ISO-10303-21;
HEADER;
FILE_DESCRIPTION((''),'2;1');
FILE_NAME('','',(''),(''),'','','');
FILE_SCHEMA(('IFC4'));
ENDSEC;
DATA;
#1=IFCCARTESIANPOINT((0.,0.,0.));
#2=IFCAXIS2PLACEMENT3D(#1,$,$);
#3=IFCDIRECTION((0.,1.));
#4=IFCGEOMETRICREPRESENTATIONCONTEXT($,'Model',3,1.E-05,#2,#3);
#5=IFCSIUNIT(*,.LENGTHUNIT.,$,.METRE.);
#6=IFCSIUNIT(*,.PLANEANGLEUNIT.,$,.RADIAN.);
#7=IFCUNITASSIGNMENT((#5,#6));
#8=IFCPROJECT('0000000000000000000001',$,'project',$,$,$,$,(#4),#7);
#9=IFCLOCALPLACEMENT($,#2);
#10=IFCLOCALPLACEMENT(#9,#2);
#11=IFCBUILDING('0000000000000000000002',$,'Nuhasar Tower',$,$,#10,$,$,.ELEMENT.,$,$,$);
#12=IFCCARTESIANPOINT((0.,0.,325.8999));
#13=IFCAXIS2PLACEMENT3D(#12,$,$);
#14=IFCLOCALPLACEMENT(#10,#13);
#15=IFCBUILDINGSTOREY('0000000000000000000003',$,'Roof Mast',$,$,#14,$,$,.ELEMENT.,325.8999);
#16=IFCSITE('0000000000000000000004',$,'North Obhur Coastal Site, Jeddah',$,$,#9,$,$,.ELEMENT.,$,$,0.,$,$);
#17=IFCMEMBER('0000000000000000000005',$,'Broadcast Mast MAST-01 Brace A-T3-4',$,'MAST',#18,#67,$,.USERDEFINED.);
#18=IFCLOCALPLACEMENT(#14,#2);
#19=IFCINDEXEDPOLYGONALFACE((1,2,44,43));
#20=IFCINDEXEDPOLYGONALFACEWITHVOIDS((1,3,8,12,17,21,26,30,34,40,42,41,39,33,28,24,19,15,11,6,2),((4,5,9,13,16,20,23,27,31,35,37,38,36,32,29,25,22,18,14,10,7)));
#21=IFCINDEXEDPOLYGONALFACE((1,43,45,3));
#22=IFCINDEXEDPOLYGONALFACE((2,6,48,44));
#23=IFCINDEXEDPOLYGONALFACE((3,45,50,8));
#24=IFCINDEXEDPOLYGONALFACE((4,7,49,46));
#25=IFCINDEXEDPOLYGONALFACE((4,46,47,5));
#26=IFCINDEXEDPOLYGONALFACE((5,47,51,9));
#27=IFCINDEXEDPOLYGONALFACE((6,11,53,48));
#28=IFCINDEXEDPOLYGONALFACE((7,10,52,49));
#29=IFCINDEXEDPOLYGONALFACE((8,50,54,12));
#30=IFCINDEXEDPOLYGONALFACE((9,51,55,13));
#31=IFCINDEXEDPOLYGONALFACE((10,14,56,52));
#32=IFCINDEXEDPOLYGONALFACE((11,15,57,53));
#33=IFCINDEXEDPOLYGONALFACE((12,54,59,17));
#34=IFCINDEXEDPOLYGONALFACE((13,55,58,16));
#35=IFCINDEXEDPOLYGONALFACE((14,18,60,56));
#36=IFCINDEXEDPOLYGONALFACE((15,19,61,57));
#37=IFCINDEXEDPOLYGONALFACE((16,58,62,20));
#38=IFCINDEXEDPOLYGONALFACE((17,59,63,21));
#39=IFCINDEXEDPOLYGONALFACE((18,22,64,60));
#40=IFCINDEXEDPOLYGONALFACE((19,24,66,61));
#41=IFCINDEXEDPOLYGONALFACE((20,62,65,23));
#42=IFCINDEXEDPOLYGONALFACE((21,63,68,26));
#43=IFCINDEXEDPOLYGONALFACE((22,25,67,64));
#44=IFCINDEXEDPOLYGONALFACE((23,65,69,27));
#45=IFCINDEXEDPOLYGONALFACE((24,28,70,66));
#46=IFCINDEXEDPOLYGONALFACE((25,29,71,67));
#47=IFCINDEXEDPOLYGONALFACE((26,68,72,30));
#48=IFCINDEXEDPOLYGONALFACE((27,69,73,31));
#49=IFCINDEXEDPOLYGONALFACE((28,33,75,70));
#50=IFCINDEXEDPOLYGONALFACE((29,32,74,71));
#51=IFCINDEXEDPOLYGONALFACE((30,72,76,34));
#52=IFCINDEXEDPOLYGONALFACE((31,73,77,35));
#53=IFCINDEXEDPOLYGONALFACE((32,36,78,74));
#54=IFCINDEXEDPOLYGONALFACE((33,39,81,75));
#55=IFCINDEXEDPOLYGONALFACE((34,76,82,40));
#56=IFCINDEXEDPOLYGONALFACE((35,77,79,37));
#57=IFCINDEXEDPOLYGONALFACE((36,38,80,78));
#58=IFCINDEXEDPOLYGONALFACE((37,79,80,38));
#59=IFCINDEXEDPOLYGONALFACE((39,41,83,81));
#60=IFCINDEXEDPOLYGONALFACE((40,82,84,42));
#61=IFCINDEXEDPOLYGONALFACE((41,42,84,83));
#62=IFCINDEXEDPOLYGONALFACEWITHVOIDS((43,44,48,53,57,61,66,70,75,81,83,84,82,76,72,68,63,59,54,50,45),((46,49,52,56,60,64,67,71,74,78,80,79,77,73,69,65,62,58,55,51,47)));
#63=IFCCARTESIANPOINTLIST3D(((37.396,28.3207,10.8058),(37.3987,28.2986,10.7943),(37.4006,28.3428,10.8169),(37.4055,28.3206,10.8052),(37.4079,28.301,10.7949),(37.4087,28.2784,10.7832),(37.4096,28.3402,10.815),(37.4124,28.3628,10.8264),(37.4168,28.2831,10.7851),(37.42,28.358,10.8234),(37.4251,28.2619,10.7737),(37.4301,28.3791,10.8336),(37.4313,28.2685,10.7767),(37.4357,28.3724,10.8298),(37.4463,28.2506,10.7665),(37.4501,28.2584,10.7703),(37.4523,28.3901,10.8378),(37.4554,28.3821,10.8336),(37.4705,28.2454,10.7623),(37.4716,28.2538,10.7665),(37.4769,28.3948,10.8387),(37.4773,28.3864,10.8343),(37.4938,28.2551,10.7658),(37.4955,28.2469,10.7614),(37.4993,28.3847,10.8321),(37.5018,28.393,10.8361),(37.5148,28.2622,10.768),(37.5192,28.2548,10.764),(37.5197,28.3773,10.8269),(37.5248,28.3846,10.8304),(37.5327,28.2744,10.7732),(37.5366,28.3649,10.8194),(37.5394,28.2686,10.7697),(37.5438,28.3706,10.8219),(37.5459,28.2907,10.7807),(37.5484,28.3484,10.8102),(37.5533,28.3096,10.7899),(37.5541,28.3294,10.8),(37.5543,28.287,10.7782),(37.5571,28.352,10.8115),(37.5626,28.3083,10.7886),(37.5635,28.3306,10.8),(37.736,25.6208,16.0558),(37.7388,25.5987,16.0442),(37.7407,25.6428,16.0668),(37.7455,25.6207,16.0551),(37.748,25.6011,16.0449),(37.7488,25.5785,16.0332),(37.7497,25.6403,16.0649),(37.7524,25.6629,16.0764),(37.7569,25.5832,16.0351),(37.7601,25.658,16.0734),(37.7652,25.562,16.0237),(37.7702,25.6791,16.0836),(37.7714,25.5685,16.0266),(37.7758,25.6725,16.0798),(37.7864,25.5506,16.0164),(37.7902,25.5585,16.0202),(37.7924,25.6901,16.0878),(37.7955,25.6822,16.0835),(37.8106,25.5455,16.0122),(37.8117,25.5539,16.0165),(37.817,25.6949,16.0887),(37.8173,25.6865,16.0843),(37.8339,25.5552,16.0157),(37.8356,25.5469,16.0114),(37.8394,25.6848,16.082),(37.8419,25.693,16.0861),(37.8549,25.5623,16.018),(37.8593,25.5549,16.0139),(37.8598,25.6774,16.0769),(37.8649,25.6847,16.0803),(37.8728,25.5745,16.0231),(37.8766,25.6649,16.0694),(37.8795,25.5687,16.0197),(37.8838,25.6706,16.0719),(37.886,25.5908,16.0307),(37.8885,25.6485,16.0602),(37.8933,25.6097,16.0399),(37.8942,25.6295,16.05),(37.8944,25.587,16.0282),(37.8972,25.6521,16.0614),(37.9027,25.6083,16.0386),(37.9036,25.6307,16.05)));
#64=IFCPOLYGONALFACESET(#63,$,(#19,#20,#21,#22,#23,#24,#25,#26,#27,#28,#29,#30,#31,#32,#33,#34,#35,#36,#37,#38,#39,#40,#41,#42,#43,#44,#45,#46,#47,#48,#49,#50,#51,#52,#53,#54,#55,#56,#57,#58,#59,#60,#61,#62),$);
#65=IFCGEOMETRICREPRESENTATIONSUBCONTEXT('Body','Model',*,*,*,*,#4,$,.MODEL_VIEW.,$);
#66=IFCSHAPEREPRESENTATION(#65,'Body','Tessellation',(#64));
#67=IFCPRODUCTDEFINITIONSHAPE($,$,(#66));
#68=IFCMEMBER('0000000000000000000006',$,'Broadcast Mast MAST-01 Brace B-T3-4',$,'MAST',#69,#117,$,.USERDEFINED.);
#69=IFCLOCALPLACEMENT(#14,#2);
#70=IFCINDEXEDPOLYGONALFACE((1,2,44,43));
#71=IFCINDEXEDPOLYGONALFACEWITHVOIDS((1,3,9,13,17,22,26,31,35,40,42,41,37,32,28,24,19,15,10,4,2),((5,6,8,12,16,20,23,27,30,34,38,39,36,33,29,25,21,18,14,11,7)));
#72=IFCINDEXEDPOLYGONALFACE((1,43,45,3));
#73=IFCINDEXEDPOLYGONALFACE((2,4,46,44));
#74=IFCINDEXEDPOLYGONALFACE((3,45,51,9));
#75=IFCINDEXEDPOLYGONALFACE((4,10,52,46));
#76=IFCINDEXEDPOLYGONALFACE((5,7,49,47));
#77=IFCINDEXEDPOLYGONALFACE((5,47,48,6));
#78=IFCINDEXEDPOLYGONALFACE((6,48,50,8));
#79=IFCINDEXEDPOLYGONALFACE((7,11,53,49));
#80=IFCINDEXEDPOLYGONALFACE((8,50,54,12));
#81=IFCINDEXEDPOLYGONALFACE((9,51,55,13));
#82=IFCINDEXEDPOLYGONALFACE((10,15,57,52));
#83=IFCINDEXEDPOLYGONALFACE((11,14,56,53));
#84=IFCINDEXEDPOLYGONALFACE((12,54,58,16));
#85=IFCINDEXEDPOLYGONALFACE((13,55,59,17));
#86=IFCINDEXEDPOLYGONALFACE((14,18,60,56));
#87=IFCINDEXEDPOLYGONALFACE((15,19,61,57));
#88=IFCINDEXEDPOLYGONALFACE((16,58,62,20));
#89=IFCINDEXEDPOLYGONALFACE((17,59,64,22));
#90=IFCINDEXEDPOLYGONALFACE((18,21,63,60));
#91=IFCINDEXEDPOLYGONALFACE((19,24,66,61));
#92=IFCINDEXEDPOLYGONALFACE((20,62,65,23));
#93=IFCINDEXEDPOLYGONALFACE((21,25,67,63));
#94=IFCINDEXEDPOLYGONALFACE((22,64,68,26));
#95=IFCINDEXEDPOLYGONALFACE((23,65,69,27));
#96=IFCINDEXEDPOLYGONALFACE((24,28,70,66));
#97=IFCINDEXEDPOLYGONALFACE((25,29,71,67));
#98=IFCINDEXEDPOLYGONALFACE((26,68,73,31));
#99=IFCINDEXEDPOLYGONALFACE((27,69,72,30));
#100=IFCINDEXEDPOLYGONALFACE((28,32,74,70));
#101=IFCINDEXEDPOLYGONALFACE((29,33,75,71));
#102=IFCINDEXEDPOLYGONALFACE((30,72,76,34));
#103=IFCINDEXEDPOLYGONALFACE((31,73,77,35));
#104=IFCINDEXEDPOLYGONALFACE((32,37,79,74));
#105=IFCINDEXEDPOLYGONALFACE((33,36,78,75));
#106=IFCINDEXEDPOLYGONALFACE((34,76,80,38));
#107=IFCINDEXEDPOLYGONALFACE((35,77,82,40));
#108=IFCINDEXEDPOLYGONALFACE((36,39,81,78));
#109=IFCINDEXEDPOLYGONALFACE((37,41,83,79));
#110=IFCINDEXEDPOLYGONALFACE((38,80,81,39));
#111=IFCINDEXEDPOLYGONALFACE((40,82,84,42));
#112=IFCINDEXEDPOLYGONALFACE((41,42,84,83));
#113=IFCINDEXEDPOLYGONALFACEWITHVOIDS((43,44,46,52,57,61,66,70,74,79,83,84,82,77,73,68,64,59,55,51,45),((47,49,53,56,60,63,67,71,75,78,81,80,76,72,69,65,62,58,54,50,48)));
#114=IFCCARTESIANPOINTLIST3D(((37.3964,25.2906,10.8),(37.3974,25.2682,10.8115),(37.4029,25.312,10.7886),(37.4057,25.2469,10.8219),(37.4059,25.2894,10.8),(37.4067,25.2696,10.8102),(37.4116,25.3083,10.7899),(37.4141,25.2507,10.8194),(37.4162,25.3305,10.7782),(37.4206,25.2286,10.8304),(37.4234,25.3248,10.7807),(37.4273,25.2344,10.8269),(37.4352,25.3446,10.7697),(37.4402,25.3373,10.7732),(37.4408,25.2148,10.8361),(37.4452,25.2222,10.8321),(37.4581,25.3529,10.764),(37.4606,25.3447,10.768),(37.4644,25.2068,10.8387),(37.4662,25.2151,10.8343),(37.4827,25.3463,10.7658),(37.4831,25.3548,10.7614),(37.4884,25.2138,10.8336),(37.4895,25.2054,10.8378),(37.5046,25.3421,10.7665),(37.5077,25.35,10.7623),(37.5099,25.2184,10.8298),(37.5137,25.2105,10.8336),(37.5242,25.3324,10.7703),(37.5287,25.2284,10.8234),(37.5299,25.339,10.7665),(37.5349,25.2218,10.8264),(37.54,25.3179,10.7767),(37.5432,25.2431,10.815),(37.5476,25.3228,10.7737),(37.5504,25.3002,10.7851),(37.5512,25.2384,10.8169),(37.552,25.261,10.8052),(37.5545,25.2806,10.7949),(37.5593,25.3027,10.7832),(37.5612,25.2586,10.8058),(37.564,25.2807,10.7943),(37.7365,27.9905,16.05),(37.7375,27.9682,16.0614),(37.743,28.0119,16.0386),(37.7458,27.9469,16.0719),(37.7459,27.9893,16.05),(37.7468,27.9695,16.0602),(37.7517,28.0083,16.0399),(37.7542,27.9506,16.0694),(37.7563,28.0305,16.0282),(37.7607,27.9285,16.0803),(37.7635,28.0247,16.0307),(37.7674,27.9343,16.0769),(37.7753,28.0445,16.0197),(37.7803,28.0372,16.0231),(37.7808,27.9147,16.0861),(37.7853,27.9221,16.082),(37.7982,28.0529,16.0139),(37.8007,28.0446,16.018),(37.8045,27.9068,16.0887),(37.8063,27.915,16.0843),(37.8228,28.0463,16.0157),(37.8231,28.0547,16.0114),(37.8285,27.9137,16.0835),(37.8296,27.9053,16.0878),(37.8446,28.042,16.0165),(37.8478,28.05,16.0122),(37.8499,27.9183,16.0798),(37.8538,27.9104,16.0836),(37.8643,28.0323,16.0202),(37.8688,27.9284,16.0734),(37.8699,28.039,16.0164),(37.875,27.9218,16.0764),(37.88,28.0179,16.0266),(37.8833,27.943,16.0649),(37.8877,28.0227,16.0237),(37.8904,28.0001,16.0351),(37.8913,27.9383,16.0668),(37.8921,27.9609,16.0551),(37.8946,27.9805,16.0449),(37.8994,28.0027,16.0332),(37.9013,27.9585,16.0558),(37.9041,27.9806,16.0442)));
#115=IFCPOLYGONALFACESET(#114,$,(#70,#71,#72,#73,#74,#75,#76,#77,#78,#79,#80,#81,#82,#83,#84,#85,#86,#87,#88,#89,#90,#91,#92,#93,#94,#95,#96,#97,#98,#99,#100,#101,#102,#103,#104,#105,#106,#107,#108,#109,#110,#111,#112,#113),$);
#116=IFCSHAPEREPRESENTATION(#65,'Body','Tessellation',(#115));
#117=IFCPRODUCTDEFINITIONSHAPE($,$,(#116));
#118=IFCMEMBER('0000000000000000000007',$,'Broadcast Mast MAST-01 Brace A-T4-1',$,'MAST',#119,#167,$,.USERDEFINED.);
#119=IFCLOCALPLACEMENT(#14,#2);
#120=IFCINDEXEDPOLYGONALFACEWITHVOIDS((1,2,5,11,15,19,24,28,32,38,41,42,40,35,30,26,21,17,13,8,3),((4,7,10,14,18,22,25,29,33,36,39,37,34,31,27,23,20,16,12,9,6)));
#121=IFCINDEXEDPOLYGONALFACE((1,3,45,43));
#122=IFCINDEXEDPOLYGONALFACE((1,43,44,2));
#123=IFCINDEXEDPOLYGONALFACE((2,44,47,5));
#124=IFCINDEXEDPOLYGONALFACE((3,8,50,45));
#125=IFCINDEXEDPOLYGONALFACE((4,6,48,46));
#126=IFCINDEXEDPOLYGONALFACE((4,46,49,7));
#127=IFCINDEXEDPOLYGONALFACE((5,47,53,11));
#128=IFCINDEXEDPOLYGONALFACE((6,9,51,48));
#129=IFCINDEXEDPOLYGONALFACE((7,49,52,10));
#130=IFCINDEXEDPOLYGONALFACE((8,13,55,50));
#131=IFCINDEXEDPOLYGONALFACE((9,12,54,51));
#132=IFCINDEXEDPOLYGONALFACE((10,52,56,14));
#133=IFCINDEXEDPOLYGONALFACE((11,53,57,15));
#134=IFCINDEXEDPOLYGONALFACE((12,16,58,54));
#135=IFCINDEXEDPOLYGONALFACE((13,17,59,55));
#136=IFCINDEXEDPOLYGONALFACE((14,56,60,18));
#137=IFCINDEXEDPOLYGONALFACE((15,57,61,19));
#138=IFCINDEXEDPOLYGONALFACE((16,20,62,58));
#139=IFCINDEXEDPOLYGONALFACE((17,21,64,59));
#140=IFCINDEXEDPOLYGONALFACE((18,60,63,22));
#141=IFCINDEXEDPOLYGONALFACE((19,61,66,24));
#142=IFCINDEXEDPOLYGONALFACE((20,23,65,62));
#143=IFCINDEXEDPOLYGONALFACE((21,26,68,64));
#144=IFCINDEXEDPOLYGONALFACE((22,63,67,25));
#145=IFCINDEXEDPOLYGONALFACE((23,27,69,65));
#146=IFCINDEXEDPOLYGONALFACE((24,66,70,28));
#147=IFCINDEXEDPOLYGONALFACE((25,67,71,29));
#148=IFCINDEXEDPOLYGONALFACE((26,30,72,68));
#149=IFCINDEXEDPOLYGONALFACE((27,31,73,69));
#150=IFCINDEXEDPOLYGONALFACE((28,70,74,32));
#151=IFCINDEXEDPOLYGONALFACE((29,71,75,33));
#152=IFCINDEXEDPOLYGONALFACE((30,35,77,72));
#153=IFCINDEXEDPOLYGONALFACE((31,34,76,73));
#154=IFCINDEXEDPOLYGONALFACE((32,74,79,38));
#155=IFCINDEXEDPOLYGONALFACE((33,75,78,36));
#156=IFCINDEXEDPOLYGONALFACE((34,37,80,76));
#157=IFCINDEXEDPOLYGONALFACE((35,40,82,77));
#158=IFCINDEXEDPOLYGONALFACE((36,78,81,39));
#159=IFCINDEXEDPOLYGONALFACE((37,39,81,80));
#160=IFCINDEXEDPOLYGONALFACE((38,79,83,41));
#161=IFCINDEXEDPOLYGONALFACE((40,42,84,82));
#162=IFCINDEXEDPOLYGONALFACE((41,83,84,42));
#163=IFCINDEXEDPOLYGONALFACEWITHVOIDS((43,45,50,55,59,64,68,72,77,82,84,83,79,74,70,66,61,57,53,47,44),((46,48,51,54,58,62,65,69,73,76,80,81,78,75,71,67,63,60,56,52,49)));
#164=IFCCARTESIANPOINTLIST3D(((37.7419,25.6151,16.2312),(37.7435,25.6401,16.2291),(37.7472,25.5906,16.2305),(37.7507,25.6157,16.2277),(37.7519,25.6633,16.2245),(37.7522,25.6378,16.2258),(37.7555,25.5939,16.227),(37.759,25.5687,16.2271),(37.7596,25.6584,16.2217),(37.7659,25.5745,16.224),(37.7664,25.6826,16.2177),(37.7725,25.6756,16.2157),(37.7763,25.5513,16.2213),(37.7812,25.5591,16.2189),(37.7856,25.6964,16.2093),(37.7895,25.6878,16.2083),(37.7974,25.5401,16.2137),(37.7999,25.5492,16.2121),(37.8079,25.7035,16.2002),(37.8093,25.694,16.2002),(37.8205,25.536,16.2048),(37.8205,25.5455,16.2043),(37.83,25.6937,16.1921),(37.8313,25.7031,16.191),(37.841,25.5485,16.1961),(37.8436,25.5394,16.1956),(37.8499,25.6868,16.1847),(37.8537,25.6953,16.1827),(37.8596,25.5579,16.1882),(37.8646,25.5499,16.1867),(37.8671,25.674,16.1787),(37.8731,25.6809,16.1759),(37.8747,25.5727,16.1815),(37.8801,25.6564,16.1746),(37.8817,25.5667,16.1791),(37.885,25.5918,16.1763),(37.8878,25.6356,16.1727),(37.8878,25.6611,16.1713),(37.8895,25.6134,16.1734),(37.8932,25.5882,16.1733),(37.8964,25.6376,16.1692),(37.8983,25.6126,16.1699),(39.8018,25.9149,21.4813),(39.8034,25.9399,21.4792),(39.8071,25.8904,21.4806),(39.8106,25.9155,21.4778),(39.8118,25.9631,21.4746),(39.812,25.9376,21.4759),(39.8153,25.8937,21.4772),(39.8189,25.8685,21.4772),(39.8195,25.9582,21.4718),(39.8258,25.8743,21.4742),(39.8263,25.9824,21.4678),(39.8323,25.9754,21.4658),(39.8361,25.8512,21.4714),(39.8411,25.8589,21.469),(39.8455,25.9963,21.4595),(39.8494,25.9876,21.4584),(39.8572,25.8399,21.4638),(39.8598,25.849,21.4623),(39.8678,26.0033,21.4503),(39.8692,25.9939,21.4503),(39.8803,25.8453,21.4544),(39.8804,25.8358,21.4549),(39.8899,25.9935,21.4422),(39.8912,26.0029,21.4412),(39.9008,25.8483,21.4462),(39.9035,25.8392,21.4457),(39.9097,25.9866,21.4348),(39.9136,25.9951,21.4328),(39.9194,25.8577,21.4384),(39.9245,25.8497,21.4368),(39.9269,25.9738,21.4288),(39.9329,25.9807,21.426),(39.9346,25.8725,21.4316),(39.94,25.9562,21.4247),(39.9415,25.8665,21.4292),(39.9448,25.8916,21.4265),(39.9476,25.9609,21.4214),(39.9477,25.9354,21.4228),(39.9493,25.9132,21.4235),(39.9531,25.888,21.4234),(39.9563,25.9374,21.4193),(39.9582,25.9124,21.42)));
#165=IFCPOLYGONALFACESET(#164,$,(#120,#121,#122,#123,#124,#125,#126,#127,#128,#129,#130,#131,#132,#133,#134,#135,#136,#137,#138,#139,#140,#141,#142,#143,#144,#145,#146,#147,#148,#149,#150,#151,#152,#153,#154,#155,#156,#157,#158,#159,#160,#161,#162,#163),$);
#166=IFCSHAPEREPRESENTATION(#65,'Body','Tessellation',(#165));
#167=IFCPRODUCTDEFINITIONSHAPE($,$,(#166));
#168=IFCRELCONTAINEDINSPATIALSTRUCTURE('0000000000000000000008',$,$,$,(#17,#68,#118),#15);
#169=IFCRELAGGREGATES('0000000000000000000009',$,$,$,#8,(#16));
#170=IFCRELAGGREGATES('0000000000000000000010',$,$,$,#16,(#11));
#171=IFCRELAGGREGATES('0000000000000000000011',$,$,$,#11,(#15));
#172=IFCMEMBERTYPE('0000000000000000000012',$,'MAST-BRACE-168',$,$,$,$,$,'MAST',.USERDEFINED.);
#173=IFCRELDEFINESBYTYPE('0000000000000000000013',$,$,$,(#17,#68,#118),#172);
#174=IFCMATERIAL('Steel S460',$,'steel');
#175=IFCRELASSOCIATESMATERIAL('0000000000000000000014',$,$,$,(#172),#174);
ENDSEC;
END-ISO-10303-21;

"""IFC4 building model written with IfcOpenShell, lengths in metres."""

from ifc_helpers import new_model, si_unit, direction, frame, origin, origin_2d, place, context, subcontext, project, spatial, hollow_circle, extrude, material, material_profile, profile_set, type_object, element, save


model = new_model("IFC4")

# Units and contexts
model_context = context("Model", 3, precision=1e-05, world=origin(), true_north=direction((0.0, 1.0)))
body_context = subcontext(model_context, "Body", "Model", "MODEL_VIEW")
ifc_project = project(units=[si_unit("LENGTHUNIT", "METRE"), si_unit("PLANEANGLEUNIT", "RADIAN")], contexts=[model_context])

# Site, building, storey
site_placement = place(None, origin())
site = spatial("IfcSite", under=ifc_project, at=site_placement, Name="North Obhur Coastal Site, Jeddah", CompositionType="ELEMENT", RefElevation=0.0)
building_placement = place(site_placement, origin())
building = spatial("IfcBuilding", under=site, at=building_placement, Name="Nuhasar Tower", CompositionType="ELEMENT")
storey_placement = place(building_placement, frame((0.0, 0.0, 325.8999)))
storey = spatial("IfcBuildingStorey", under=building, at=storey_placement, Name="Roof Mast", CompositionType="ELEMENT", Elevation=325.8999)

# Shared definitions
ifc_material = material(Name="Steel S460", Category="steel")

# Members
ifc_material_profile_1 = material_profile(ifc_material, hollow_circle(Radius=0.0842, WallThickness=0.0095, at=origin_2d()), Name="HSS168.3X9.5")
ifc_profile_set_1 = profile_set([ifc_material_profile_1], Name="Steel S460")
member_type = type_object("IfcMemberType", Name="MAST-BRACE-168", ElementType="MAST", PredefinedType="USERDEFINED", material=ifc_profile_set_1)
for number, where, z_axis, x_axis, name in (
    (1, (37.48, 28.3201, 10.8), (0.057512, -0.456584, 0.887819), (0.99216, 0.124973, 0.0), "Broadcast Mast MAST-01 Brace A-T3-4"),
    (2, (37.48, 25.28, 10.8), (0.057512, 0.456584, 0.887819), (-0.99216, 0.124973, 0.0), "Broadcast Mast MAST-01 Brace B-T3-4"),
):
    element("IfcMember", number, at=place(storey_placement, frame(where, z_axis=z_axis, x_axis=x_axis)), inside=storey, type_object=member_type, Name=name, ObjectType="MAST", PredefinedType="USERDEFINED", context=body_context, shape_type="SweptSolid", body=[
        extrude(hollow_circle(Radius=0.0842, WallThickness=0.0095, at=origin_2d()), origin(), (0.0, 0.0, 1.0), 5.9133),
    ])
for number, where, z_axis, x_axis, name in (
    (3, (37.8201, 25.6201, 16.2002), (0.364725, 0.053085, 0.929601), (-0.144032, 0.989573, 0.0), "Broadcast Mast MAST-01 Brace A-T4-1"),
):
    element("IfcMember", number, at=place(storey_placement, frame(where, z_axis=z_axis, x_axis=x_axis)), inside=storey, type_object=member_type, Name=name, ObjectType="MAST", PredefinedType="USERDEFINED", context=body_context, shape_type="SweptSolid", body=[
        extrude(hollow_circle(Radius=0.0842, WallThickness=0.0095, at=origin_2d()), origin(), (0.0, 0.0, 1.0), 5.6477),
    ])

save(model, "model.ifc")
